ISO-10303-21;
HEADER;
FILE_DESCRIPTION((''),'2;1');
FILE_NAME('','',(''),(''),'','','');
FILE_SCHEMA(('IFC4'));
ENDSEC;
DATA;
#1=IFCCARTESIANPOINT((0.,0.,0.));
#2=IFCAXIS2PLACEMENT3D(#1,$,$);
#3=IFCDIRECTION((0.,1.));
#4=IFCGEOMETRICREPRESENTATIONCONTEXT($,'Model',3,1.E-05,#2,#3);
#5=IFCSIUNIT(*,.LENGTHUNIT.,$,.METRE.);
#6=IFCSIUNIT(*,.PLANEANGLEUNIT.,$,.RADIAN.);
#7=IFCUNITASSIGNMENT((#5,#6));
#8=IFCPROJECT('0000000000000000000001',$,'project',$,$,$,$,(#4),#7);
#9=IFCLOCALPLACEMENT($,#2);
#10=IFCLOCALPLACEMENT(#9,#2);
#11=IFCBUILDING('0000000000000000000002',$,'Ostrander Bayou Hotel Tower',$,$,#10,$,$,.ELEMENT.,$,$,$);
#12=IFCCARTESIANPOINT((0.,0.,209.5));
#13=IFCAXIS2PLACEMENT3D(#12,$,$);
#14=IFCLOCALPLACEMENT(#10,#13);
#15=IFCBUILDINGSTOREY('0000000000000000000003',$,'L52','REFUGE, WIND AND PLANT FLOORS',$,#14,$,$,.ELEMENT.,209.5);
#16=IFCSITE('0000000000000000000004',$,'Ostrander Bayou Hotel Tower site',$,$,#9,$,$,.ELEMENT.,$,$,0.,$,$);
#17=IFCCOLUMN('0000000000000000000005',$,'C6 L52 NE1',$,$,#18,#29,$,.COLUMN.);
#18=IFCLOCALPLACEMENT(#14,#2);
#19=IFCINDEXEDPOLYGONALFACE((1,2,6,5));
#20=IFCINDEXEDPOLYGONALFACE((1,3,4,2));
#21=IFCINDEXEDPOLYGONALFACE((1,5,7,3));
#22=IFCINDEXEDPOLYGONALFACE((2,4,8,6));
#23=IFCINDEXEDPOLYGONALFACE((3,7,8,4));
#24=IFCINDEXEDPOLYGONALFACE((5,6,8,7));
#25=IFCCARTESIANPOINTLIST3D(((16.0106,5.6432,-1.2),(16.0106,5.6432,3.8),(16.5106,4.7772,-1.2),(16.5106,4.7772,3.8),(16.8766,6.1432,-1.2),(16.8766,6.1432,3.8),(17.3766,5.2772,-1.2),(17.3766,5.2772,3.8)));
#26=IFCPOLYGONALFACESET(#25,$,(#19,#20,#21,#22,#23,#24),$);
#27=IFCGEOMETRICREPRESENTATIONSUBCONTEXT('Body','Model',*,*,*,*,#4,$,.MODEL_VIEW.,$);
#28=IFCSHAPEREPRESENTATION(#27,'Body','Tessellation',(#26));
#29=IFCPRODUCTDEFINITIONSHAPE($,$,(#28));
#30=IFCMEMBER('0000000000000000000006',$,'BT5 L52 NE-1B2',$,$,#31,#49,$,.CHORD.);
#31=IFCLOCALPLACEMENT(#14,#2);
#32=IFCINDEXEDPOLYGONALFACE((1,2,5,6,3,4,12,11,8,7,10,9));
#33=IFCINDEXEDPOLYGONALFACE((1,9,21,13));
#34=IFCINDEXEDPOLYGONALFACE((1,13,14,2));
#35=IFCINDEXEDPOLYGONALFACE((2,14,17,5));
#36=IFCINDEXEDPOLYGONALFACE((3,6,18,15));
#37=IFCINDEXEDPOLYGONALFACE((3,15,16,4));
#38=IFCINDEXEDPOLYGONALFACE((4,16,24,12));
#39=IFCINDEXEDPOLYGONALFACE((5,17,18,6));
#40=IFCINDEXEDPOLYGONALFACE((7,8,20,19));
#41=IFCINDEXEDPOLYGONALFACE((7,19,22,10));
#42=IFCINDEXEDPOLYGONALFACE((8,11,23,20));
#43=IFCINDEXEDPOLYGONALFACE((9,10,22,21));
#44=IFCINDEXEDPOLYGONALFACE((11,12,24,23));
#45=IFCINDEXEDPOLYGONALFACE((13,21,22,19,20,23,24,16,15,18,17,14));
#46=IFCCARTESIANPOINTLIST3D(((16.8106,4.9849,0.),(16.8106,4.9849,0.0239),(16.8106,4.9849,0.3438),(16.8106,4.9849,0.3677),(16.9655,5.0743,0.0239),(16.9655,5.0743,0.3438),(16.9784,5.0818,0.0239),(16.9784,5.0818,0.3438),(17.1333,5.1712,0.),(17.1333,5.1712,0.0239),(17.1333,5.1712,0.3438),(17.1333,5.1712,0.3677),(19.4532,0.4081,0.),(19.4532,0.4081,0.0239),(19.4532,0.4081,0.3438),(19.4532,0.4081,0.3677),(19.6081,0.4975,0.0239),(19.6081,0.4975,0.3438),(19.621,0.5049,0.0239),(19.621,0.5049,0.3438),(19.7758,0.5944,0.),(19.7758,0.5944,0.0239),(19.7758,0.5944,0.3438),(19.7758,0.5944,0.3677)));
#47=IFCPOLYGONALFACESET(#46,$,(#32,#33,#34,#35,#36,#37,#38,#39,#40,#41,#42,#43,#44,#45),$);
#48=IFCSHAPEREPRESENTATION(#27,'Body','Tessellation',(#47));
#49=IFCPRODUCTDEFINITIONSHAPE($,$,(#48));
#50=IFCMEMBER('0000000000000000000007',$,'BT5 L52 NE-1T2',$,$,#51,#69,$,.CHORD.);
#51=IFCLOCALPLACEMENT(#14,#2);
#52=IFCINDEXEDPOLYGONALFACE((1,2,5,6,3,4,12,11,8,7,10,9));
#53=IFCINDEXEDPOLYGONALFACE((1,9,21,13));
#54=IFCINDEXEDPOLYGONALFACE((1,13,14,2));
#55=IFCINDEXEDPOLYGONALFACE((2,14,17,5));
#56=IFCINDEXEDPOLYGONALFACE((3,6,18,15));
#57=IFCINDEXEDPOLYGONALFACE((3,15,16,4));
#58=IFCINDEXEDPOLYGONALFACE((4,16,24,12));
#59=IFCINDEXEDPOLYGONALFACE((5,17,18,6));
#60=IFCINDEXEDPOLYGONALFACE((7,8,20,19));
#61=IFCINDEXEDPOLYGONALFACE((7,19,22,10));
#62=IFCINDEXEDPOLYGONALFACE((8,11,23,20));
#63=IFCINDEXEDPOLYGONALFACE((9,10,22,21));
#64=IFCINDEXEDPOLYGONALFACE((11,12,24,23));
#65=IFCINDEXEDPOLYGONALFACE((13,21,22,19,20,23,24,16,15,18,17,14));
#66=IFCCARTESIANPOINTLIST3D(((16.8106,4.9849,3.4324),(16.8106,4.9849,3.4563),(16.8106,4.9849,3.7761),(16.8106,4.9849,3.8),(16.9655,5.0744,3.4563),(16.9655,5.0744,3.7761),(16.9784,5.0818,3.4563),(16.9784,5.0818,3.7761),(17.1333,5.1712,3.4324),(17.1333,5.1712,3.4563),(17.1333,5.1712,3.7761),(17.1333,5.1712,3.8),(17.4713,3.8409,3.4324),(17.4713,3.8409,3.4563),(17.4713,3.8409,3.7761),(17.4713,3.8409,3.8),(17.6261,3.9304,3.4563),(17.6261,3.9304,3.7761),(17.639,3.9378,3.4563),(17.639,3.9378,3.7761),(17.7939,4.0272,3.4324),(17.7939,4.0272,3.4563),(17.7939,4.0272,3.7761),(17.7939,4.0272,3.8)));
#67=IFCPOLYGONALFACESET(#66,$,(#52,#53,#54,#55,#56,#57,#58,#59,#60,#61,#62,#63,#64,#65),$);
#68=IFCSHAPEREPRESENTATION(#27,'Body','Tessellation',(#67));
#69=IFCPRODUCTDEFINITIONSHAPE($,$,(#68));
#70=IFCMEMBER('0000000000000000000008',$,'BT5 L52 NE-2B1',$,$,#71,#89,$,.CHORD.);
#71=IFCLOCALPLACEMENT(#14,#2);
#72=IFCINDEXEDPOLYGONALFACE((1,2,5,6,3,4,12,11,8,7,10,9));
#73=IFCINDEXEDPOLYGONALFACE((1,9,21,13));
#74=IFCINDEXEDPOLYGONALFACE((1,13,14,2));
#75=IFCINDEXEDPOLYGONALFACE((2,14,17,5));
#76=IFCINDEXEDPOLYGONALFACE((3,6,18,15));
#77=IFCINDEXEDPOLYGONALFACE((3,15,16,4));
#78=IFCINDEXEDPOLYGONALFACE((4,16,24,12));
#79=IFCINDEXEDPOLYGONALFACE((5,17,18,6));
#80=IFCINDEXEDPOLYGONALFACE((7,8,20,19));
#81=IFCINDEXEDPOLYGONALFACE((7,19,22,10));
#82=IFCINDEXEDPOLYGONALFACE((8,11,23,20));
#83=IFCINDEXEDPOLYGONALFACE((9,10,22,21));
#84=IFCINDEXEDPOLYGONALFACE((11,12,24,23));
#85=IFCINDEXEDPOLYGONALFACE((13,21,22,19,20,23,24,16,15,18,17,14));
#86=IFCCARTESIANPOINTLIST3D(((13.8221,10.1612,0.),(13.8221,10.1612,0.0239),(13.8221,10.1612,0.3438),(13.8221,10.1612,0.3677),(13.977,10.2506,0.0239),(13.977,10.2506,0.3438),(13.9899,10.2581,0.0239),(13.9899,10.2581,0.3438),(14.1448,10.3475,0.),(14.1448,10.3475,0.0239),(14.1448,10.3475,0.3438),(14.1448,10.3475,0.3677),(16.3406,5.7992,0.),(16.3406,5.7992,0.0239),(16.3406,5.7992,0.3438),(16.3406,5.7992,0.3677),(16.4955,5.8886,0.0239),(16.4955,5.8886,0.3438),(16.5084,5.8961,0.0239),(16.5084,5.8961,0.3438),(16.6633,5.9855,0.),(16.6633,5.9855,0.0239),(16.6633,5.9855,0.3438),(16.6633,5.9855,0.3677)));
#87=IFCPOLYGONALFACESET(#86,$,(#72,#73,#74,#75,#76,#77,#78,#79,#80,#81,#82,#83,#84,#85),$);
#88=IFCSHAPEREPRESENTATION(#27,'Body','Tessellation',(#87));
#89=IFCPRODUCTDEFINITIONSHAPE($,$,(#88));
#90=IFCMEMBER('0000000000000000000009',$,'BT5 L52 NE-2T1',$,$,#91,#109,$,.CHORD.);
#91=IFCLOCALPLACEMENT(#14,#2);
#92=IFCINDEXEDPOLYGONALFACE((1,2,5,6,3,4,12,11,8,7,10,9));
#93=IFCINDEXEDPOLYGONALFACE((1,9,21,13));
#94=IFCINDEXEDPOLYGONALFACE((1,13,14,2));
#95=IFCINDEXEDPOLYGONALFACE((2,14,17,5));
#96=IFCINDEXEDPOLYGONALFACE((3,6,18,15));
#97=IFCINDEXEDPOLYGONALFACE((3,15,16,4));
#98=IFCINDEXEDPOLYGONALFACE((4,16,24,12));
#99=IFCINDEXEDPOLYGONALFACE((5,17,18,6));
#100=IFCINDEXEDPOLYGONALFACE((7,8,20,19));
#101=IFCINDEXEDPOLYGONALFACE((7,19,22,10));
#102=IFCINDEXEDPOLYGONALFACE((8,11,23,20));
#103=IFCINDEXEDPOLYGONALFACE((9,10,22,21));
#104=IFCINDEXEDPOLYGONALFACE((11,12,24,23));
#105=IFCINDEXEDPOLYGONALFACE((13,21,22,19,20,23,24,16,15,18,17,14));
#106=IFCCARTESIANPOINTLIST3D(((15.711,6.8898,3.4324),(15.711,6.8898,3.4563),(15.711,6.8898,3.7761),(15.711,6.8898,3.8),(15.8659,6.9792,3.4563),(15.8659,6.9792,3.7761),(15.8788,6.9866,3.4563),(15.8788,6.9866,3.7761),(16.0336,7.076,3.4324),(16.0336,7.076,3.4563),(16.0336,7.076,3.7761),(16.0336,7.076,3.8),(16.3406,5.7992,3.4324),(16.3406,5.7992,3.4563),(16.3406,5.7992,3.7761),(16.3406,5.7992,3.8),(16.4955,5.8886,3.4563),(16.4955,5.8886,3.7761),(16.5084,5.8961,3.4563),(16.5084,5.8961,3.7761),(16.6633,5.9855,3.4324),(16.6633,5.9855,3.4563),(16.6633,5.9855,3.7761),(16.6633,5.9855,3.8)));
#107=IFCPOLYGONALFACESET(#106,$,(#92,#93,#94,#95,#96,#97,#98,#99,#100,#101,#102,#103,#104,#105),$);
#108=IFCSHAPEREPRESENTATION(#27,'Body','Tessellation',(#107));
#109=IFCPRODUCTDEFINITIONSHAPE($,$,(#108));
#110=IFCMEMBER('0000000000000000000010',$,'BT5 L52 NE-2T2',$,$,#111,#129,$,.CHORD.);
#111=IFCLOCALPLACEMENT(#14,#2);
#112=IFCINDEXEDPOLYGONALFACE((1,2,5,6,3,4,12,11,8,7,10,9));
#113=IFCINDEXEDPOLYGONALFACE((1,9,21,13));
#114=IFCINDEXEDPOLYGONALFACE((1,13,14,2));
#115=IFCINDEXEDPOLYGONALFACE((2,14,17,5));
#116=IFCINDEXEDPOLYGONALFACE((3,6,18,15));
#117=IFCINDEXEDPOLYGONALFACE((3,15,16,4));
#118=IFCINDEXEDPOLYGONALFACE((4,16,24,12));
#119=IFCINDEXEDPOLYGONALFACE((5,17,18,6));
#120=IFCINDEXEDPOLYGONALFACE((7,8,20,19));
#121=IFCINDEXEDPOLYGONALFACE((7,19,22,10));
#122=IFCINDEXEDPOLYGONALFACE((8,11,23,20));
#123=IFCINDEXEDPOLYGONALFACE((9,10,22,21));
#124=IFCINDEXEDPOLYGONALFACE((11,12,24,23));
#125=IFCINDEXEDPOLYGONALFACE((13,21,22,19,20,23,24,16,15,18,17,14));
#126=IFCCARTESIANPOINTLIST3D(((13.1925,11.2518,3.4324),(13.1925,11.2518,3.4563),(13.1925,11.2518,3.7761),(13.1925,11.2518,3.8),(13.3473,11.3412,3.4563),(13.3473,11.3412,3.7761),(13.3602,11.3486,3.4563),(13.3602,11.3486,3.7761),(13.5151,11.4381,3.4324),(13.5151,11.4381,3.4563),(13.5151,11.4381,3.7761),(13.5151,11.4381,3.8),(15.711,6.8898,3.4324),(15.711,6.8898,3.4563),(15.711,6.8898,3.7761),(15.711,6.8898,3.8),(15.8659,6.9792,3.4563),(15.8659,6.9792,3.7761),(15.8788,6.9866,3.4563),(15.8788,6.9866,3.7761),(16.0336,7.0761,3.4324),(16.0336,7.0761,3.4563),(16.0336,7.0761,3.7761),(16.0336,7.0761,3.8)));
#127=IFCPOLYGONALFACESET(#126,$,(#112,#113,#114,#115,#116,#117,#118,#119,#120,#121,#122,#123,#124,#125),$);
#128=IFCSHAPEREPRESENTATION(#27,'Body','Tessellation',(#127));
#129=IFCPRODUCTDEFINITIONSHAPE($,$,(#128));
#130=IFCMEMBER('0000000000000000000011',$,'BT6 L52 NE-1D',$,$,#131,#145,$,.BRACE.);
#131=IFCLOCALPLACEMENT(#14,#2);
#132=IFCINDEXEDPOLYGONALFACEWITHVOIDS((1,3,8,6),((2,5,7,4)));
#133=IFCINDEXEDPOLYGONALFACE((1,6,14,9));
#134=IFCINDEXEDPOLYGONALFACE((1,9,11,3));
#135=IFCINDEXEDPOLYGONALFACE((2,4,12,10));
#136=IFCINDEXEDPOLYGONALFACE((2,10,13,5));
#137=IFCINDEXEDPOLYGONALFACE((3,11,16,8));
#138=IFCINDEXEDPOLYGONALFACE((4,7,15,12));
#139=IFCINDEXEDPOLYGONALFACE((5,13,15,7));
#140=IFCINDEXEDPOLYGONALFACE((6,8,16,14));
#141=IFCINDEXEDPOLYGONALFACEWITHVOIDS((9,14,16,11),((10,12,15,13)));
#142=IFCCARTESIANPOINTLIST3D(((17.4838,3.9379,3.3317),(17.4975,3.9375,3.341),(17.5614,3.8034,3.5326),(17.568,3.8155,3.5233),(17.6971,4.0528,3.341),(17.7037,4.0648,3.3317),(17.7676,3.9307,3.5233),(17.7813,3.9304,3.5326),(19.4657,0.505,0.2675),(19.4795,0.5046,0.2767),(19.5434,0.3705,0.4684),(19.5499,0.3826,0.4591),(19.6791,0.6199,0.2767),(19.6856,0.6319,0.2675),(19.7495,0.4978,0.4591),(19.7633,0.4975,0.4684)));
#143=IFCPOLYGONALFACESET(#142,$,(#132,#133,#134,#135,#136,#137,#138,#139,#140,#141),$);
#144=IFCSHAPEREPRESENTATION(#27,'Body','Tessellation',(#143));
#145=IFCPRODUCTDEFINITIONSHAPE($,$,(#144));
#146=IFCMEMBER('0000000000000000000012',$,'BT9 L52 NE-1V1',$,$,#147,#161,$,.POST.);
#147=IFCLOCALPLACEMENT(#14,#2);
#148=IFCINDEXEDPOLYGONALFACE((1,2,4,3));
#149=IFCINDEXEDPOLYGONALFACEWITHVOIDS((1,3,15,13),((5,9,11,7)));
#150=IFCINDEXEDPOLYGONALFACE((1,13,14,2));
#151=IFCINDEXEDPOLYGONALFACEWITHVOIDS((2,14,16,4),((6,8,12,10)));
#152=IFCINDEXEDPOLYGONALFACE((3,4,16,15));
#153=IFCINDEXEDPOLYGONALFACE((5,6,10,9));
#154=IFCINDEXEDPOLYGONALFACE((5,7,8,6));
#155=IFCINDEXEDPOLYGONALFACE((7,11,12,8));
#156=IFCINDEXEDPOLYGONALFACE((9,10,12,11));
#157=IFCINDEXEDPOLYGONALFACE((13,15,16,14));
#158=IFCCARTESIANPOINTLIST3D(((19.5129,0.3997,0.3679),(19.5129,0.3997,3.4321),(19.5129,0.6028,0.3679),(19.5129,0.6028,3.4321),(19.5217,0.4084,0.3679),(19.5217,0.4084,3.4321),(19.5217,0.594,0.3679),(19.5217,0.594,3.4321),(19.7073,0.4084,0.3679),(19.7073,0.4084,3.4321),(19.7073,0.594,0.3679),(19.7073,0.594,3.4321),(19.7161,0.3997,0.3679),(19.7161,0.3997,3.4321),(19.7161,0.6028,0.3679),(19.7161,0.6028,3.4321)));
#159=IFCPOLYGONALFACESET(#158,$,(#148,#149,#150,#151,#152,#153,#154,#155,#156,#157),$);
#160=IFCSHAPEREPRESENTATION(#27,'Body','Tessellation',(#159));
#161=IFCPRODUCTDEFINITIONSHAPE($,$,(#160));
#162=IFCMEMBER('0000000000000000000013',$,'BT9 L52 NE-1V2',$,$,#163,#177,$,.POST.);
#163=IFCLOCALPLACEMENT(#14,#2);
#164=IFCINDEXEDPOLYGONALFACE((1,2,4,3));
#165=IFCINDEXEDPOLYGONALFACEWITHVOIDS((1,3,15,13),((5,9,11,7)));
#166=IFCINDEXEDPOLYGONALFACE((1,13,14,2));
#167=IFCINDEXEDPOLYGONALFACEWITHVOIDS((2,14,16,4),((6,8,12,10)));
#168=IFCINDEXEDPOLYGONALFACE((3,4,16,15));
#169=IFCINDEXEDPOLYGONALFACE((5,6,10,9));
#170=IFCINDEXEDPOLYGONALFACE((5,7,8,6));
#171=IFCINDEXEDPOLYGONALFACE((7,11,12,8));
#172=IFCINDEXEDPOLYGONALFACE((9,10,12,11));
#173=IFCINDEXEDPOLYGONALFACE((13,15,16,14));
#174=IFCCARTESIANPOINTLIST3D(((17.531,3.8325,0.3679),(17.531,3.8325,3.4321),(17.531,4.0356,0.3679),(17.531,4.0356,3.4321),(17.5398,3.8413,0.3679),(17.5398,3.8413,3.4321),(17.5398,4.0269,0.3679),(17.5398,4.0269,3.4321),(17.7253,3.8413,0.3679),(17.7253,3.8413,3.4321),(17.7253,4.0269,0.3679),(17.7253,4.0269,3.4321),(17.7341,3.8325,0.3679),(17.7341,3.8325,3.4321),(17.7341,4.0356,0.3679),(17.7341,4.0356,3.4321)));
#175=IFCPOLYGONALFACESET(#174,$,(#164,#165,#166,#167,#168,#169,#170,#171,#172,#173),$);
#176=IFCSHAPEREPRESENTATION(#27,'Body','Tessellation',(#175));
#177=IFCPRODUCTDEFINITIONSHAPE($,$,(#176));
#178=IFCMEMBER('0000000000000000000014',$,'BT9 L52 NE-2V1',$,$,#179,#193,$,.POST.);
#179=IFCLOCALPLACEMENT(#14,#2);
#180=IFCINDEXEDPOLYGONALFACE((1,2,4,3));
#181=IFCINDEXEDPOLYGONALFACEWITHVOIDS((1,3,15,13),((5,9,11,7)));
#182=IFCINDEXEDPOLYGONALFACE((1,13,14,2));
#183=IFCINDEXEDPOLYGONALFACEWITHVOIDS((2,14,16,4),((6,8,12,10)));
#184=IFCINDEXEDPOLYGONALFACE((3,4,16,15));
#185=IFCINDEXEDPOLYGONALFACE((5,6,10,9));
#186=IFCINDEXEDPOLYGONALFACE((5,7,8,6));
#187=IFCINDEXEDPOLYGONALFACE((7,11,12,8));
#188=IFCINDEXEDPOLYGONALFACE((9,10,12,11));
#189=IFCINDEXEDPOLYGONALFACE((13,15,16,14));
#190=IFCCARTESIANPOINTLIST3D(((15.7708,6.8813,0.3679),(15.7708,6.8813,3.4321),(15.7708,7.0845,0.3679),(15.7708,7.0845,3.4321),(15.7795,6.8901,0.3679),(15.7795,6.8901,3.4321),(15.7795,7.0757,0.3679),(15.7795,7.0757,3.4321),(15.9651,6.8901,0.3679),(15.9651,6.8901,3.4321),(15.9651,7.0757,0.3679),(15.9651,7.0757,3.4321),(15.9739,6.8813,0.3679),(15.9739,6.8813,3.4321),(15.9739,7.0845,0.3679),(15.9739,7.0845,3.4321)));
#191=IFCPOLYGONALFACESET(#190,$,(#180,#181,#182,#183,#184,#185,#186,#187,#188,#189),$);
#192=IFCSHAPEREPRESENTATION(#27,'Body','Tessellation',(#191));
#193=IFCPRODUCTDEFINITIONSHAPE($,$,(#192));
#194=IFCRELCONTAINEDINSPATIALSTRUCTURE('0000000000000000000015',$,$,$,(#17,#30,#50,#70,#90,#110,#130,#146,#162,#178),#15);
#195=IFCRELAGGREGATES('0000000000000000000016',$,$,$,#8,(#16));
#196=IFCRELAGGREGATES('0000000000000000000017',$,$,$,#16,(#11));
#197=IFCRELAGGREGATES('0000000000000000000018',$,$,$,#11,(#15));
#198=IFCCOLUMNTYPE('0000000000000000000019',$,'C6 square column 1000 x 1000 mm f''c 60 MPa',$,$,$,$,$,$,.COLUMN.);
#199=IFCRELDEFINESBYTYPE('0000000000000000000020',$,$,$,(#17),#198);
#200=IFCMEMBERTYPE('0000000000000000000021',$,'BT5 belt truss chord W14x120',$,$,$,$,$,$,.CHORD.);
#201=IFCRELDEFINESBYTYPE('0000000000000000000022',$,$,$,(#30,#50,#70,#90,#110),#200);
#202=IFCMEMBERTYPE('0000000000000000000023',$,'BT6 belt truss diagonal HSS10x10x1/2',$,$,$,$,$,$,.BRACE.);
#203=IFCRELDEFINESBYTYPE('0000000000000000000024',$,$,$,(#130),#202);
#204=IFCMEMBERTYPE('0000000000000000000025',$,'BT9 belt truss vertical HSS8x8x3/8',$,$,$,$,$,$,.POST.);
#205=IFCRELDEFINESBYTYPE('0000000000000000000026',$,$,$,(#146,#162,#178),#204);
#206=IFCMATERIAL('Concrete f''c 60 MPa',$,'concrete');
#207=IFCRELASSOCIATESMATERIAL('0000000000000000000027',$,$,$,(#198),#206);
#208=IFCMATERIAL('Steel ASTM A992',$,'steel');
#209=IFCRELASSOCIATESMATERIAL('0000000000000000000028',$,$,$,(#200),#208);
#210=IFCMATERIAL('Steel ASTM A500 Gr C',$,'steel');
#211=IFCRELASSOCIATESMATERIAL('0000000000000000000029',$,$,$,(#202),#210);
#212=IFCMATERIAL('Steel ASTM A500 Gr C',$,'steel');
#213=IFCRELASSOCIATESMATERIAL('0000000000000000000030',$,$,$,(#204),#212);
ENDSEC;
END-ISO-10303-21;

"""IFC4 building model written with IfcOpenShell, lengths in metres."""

from ifc_helpers import new_model, si_unit, direction, frame, origin, origin_2d, place, context, subcontext, project, spatial, rectangle, hollow_rectangle, i_section, extrude, material, material_profile, profile_set, type_object, element, save


model = new_model("IFC4")

# Units and contexts
model_context = context("Model", 3, precision=1e-05, world=origin(), true_north=direction((0.0, 1.0)))
body_context = subcontext(model_context, "Body", "Model", "MODEL_VIEW")
ifc_project = project(units=[si_unit("LENGTHUNIT", "METRE"), si_unit("PLANEANGLEUNIT", "RADIAN")], contexts=[model_context])

# Site, building, storey
site_placement = place(None, origin())
site = spatial("IfcSite", under=ifc_project, at=site_placement, Name="Ostrander Bayou Hotel Tower site", CompositionType="ELEMENT", RefElevation=0.0)
building_placement = place(site_placement, origin())
building = spatial("IfcBuilding", under=site, at=building_placement, Name="Ostrander Bayou Hotel Tower", CompositionType="ELEMENT")
storey_placement = place(building_placement, frame((0.0, 0.0, 209.5)))
storey = spatial("IfcBuildingStorey", under=building, at=storey_placement, Name="L52", Description="REFUGE, WIND AND PLANT FLOORS", CompositionType="ELEMENT", Elevation=209.5)

# Column
ifc_material_1 = material(Name="Concrete f'c 60 MPa", Category="concrete")
ifc_material_profile_1 = material_profile(ifc_material_1, rectangle(XDim=1.0, YDim=1.0, at=origin_2d()))
ifc_profile_set_1 = profile_set([ifc_material_profile_1], Name="Concrete f'c 60 MPa")
column_type = type_object("IfcColumnType", Name="C6 square column 1000 x 1000 mm f'c 60 MPa", PredefinedType="COLUMN", material=ifc_profile_set_1)
column_placement = place(storey_placement, frame((16.6936, 5.4602, -1.2), z_axis=(0.0, 0.0, 1.0), x_axis=(0.5, -0.866025, 0.0)))
element("IfcColumn", 1, at=column_placement, inside=storey, type_object=column_type, Name="C6 L52 NE1", PredefinedType="COLUMN", context=body_context, shape_type="SweptSolid", body=[
    extrude(rectangle(XDim=1.0, YDim=1.0, at=origin_2d()), origin(), (0.0, 0.0, 1.0), 5.0),
])

# Members
ifc_material_2 = material(Name="Steel ASTM A992", Category="steel")
ifc_material_profile_2 = material_profile(ifc_material_2, i_section(OverallWidth=0.3726, OverallDepth=0.3677, WebThickness=0.0149, FlangeThickness=0.0239, at=origin_2d()))
ifc_profile_set_2 = profile_set([ifc_material_profile_2], Name="Steel ASTM A992")
member_type_1 = type_object("IfcMemberType", Name="BT5 belt truss chord W14x120", PredefinedType="CHORD", material=ifc_profile_set_2)
member_1_placement = place(storey_placement, frame((19.6145, 0.5012, 0.1838), z_axis=(-0.500014, 0.866017, 0.0), x_axis=(-0.866017, -0.500014, 0.0)))
element("IfcMember", 2, at=member_1_placement, inside=storey, type_object=member_type_1, Name="BT5 L52 NE-1B2", PredefinedType="CHORD", context=body_context, shape_type="SweptSolid", body=[
    extrude(i_section(OverallWidth=0.3726, OverallDepth=0.3677, WebThickness=0.0149, FlangeThickness=0.0239, at=origin_2d()), origin(), (0.0, 0.0, 1.0), 5.2849),
])
member_2_placement = place(storey_placement, frame((17.6326, 3.9341, 3.6162), z_axis=(-0.500074, 0.865982, 0.0), x_axis=(-0.865982, -0.500074, 0.0)))
element("IfcMember", 3, at=member_2_placement, inside=storey, type_object=member_type_1, Name="BT5 L52 NE-1T2", PredefinedType="CHORD", context=body_context, shape_type="SweptSolid", body=[
    extrude(i_section(OverallWidth=0.3726, OverallDepth=0.3677, WebThickness=0.0149, FlangeThickness=0.0239, at=origin_2d()), origin(), (0.0, 0.0, 1.0), 1.321),
])
member_3_placement = place(storey_placement, frame((16.502, 5.8923, 0.1838), z_axis=(-0.500018, 0.866015, 0.0), x_axis=(-0.866015, -0.500018, 0.0)))
element("IfcMember", 4, at=member_3_placement, inside=storey, type_object=member_type_1, Name="BT5 L52 NE-2B1", PredefinedType="CHORD", context=body_context, shape_type="SweptSolid", body=[
    extrude(i_section(OverallWidth=0.3726, OverallDepth=0.3677, WebThickness=0.0149, FlangeThickness=0.0239, at=origin_2d()), origin(), (0.0, 0.0, 1.0), 5.0369),
])
member_4_placement = place(storey_placement, frame((16.502, 5.8923, 3.6162), z_axis=(-0.499997, 0.866027, 0.0), x_axis=(-0.866027, -0.499997, 0.0)))
element("IfcMember", 5, at=member_4_placement, inside=storey, type_object=member_type_1, Name="BT5 L52 NE-2T1", PredefinedType="CHORD", context=body_context, shape_type="SweptSolid", body=[
    extrude(i_section(OverallWidth=0.3726, OverallDepth=0.3677, WebThickness=0.0149, FlangeThickness=0.0239, at=origin_2d()), origin(), (0.0, 0.0, 1.0), 1.2593),
])
member_5_placement = place(storey_placement, frame((15.8723, 6.9829, 3.6162), z_axis=(-0.500018, 0.866015, 0.0), x_axis=(-0.866015, -0.500018, 0.0)))
element("IfcMember", 6, at=member_5_placement, inside=storey, type_object=member_type_1, Name="BT5 L52 NE-2T2", PredefinedType="CHORD", context=body_context, shape_type="SweptSolid", body=[
    extrude(i_section(OverallWidth=0.3726, OverallDepth=0.3677, WebThickness=0.0149, FlangeThickness=0.0239, at=origin_2d()), origin(), (0.0, 0.0, 1.0), 5.0369),
])
ifc_material_3 = material(Name="Steel ASTM A500 Gr C", Category="steel")
ifc_material_profile_3 = material_profile(ifc_material_3, hollow_rectangle(XDim=0.2539, YDim=0.2539, WallThickness=0.0117, at=origin_2d()))
ifc_profile_set_3 = profile_set([ifc_material_profile_3], Name="Steel ASTM A500 Gr C")
member_type_2 = type_object("IfcMemberType", Name="BT6 belt truss diagonal HSS10x10x1/2", PredefinedType="BRACE", material=ifc_profile_set_3)
member_6_placement = place(storey_placement, frame((19.6145, 0.5012, 0.3679), z_axis=(-0.395581, 0.685176, 0.611596), x_axis=(-0.866029, -0.499994, 0.0)))
element("IfcMember", 7, at=member_6_placement, inside=storey, type_object=member_type_2, Name="BT6 L52 NE-1D", PredefinedType="BRACE", context=body_context, shape_type="SweptSolid", body=[
    extrude(hollow_rectangle(XDim=0.2539, YDim=0.2539, WallThickness=0.0117, at=origin_2d()), origin(), (0.0, 0.0, 1.0), 5.0103),
])
ifc_material_4 = material(Name="Steel ASTM A500 Gr C", Category="steel")
ifc_material_profile_4 = material_profile(ifc_material_4, hollow_rectangle(XDim=0.2031, YDim=0.2031, WallThickness=0.0088, at=origin_2d()))
ifc_profile_set_4 = profile_set([ifc_material_profile_4], Name="Steel ASTM A500 Gr C")
member_type_3 = type_object("IfcMemberType", Name="BT9 belt truss vertical HSS8x8x3/8", PredefinedType="POST", material=ifc_profile_set_4)
for number, where, z_axis, x_axis, name in (
    (8, (19.6145, 0.5012, 0.3679), (0.0, 0.0, 1.0), (1.0, 0.0, 0.0), "BT9 L52 NE-1V1"),
    (9, (17.6326, 3.9341, 0.3679), (0.0, 0.0, 1.0), (1.0, 0.0, 0.0), "BT9 L52 NE-1V2"),
    (10, (15.8723, 6.9829, 0.3679), (0.0, 0.0, 1.0), (1.0, 0.0, 0.0), "BT9 L52 NE-2V1"),
):
    element("IfcMember", number, at=place(storey_placement, frame(where, z_axis=z_axis, x_axis=x_axis)), inside=storey, type_object=member_type_3, Name=name, PredefinedType="POST", context=body_context, shape_type="SweptSolid", body=[
        extrude(hollow_rectangle(XDim=0.2031, YDim=0.2031, WallThickness=0.0088, at=origin_2d()), origin(), (0.0, 0.0, 1.0), 3.0642),
    ])

save(model, "model.ifc")
